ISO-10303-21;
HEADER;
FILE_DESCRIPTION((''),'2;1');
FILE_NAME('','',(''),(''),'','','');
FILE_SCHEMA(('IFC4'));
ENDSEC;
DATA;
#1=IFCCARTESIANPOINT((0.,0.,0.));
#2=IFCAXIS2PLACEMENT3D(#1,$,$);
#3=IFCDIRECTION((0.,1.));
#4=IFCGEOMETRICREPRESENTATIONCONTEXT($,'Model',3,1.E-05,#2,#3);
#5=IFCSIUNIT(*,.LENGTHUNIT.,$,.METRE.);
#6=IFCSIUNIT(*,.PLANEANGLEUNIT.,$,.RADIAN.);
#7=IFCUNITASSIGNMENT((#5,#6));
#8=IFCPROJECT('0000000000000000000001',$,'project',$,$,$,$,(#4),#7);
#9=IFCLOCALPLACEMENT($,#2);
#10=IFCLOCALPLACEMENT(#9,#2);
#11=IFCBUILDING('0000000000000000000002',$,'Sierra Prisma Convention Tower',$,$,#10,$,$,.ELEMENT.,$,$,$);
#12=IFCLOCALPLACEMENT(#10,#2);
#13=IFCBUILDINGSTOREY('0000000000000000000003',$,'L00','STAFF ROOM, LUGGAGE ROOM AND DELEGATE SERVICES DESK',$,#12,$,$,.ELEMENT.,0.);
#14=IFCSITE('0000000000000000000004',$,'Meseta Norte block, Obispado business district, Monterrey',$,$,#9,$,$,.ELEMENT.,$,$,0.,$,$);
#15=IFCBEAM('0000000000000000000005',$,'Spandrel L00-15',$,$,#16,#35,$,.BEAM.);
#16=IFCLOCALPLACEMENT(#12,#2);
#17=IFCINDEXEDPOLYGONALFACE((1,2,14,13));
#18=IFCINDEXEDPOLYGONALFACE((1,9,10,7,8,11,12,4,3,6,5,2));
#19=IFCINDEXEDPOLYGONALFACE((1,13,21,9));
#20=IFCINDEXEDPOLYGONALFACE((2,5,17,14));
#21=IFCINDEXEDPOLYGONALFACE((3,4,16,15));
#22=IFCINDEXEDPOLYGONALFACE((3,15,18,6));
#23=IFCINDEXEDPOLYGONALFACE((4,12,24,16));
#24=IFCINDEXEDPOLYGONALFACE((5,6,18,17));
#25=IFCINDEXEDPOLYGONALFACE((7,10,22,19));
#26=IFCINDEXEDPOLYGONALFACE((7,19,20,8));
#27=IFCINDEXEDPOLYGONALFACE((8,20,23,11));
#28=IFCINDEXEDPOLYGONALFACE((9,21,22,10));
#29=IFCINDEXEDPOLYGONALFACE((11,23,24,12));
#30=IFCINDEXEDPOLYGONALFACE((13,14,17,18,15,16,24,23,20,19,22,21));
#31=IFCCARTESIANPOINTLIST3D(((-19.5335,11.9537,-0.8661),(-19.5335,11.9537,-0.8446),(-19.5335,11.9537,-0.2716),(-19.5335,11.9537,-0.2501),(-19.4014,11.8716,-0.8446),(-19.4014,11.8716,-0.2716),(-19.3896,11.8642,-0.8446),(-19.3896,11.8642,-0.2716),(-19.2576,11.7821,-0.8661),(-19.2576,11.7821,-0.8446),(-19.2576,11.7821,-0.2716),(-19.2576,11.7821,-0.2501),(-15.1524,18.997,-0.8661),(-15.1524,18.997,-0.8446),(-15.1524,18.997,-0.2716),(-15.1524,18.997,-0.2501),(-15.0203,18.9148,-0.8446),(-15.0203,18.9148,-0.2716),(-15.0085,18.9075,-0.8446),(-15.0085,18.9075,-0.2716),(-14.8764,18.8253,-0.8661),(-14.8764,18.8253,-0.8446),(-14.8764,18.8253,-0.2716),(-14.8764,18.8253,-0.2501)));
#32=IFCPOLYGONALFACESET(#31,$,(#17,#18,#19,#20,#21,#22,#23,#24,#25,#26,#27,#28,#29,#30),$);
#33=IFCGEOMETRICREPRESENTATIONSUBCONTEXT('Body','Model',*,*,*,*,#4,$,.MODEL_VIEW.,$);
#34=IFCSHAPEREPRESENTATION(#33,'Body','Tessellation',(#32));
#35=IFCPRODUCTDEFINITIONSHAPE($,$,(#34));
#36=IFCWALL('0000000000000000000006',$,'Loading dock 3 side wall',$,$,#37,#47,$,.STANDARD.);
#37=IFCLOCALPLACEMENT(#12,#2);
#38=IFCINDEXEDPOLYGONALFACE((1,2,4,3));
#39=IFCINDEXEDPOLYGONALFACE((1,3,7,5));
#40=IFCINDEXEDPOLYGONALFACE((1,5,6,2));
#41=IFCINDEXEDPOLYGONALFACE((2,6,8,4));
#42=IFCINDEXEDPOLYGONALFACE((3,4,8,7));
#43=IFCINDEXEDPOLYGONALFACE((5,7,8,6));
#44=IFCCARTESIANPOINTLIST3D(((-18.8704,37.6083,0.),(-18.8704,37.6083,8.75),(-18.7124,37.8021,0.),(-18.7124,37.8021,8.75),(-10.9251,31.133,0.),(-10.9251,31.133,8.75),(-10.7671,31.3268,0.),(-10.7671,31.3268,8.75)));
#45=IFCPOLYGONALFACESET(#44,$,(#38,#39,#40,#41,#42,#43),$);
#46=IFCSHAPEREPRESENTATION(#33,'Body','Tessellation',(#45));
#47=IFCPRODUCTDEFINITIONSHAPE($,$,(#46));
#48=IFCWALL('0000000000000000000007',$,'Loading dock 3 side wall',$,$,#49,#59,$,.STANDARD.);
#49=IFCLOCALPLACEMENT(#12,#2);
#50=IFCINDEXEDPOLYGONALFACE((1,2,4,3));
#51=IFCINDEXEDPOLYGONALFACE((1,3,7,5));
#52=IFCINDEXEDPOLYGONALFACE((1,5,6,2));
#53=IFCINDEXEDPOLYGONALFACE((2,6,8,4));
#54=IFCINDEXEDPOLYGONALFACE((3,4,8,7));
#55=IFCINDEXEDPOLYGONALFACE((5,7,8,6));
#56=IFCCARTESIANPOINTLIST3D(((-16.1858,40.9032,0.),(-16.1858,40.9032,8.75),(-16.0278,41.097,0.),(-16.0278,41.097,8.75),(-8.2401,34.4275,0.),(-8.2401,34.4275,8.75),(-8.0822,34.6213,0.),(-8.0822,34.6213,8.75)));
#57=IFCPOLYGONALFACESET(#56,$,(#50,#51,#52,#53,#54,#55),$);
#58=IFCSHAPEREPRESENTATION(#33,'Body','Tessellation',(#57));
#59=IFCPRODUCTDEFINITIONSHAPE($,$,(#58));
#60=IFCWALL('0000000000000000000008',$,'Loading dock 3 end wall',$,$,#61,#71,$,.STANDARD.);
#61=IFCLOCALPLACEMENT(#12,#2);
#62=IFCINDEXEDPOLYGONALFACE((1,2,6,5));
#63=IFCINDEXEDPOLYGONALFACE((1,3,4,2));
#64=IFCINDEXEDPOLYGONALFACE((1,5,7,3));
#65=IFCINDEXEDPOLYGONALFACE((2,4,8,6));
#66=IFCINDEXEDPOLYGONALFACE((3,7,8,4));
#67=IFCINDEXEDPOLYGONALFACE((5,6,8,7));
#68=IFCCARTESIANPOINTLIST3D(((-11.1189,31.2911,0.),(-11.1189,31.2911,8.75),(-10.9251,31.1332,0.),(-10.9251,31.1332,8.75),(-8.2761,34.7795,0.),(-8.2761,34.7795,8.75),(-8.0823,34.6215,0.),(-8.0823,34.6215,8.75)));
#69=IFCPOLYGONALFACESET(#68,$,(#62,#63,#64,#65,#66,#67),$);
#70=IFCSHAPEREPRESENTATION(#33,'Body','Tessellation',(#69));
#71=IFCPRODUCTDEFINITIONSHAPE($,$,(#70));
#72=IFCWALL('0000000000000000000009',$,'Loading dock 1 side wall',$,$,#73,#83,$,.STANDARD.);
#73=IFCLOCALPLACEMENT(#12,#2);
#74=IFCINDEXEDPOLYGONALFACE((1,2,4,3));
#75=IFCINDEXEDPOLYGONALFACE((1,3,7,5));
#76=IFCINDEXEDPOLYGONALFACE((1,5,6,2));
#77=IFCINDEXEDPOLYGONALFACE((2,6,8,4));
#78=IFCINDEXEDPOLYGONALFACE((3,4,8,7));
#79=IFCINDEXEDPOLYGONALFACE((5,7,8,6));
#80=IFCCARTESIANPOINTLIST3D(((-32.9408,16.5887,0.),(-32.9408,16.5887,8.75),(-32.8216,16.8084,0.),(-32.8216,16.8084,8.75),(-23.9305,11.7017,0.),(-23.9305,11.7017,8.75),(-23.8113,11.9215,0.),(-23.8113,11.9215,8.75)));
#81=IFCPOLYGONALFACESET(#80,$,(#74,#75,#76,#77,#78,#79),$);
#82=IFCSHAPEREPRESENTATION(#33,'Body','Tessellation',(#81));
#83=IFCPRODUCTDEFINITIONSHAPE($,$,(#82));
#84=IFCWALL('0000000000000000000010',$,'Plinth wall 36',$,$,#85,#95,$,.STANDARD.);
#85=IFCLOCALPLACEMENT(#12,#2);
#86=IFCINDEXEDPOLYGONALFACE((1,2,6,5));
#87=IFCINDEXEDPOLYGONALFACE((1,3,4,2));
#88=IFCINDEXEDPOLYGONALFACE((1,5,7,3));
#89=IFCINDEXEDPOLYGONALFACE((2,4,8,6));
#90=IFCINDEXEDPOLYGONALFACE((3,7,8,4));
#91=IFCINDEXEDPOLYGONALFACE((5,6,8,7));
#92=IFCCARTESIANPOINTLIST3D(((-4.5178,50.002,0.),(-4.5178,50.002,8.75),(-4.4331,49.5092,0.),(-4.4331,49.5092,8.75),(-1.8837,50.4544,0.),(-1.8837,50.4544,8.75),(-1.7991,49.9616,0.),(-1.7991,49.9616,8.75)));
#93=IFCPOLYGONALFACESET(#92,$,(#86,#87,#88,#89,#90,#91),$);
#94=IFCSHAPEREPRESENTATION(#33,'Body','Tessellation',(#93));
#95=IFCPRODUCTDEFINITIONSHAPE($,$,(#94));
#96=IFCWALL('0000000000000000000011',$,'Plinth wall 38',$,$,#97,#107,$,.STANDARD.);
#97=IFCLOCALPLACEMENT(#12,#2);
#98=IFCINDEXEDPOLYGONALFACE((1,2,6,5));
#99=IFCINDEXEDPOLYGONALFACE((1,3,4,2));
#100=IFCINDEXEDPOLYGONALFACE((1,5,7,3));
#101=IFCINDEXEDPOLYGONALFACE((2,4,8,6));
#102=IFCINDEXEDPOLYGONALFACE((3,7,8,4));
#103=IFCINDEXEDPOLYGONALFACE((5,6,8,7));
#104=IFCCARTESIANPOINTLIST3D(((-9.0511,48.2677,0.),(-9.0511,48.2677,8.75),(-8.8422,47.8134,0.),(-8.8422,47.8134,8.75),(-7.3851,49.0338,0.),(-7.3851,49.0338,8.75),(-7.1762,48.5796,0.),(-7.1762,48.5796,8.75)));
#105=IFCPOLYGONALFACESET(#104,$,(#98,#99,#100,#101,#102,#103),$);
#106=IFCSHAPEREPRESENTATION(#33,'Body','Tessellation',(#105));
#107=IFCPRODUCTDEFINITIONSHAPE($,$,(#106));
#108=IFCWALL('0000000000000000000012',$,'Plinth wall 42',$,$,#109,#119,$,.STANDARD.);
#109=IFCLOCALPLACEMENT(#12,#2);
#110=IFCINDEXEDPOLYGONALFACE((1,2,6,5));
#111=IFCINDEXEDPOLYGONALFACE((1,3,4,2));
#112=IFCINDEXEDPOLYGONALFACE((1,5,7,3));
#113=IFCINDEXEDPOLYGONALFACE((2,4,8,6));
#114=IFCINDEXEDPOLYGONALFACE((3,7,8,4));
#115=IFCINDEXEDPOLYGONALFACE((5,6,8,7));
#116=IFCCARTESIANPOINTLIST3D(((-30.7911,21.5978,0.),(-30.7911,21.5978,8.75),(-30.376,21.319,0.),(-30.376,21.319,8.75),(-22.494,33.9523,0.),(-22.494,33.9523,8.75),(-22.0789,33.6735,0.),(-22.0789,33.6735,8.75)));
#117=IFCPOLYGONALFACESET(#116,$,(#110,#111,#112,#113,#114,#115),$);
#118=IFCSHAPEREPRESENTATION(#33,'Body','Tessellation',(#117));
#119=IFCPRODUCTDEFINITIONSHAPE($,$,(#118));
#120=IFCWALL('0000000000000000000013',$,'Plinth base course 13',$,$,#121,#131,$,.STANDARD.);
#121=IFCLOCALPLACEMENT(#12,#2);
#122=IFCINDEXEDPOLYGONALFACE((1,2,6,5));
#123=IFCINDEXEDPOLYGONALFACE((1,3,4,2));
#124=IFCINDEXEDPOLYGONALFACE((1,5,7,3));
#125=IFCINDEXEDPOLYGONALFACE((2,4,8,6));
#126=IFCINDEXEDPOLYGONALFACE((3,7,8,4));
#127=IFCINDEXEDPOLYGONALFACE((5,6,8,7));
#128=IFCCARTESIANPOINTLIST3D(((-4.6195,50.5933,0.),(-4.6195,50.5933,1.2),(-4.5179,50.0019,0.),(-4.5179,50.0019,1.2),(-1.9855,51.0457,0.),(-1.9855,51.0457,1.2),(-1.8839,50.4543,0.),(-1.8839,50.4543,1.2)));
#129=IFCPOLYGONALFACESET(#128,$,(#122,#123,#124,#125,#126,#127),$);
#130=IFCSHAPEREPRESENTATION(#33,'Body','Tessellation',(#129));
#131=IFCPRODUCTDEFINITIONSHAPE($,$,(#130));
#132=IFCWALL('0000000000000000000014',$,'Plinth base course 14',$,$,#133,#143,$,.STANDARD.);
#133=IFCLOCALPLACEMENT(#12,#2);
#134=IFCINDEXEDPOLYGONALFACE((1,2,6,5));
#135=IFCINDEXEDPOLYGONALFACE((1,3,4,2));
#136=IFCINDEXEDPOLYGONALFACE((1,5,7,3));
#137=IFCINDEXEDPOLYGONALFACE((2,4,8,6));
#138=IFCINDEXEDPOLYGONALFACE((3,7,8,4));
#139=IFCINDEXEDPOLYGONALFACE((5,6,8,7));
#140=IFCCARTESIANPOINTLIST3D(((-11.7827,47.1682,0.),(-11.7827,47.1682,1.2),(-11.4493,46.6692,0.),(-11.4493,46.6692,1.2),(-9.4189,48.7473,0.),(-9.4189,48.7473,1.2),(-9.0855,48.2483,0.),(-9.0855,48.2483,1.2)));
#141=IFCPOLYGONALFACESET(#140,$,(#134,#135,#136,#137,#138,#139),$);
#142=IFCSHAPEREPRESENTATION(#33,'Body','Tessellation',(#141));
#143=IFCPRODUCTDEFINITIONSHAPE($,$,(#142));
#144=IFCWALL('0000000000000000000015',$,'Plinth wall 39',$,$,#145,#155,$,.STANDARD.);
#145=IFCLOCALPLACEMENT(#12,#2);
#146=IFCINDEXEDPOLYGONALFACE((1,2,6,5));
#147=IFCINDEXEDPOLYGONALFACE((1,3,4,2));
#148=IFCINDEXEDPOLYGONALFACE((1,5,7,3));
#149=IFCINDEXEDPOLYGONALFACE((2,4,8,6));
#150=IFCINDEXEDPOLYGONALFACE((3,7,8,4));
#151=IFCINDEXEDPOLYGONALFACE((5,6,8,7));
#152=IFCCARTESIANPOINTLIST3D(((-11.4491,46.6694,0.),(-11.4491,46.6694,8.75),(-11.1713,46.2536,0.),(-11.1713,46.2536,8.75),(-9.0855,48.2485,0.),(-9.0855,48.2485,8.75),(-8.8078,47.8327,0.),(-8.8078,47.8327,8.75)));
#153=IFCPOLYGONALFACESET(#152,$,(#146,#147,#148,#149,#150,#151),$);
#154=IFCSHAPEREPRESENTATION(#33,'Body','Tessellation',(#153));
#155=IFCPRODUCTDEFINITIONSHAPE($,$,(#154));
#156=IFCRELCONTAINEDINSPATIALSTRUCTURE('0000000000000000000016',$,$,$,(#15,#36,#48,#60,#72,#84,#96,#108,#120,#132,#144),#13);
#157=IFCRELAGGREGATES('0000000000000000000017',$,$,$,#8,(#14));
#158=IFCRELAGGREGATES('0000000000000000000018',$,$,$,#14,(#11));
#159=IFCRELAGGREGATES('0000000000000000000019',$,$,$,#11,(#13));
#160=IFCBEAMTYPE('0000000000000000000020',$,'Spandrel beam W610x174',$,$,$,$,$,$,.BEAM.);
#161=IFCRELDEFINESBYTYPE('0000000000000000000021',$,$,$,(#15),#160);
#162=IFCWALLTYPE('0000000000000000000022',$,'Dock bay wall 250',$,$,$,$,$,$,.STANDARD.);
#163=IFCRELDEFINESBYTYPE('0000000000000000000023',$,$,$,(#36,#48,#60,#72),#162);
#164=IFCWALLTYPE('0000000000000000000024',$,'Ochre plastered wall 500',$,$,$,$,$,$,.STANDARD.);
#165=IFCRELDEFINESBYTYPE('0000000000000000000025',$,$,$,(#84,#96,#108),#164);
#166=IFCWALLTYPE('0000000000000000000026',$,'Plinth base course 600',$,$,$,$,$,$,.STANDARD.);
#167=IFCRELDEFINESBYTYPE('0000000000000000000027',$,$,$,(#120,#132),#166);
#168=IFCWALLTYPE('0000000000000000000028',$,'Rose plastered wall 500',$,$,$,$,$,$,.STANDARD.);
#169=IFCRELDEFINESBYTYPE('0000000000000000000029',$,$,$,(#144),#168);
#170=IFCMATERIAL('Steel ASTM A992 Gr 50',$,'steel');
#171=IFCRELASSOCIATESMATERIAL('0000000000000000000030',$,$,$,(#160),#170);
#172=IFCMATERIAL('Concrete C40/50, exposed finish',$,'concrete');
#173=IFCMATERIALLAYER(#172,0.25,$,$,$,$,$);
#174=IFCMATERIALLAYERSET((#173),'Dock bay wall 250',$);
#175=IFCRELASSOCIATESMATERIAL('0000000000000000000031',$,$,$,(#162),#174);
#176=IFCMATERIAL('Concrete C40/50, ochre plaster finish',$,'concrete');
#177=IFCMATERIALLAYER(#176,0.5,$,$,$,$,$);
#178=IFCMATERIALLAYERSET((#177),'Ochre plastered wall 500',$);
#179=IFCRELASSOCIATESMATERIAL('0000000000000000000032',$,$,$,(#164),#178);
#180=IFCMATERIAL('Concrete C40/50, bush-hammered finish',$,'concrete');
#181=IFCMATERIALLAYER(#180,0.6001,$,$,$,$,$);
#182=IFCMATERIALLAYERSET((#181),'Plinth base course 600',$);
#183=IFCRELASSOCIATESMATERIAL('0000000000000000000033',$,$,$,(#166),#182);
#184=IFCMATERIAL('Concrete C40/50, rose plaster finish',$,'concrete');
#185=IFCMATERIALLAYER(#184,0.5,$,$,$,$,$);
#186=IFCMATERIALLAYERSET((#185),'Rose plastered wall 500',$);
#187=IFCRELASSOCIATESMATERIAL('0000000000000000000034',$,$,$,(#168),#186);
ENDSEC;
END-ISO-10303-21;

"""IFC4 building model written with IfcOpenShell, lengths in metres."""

from ifc_helpers import new_model, si_unit, direction, frame, frame_2d, origin, origin_2d, place, context, subcontext, project, spatial, rectangle, i_section, extrude, material, layer, layer_set, material_profile, profile_set, type_object, element, save


model = new_model("IFC4")

# Units and contexts
model_context = context("Model", 3, precision=1e-05, world=origin(), true_north=direction((0.0, 1.0)))
body_context = subcontext(model_context, "Body", "Model", "MODEL_VIEW")
ifc_project = project(units=[si_unit("LENGTHUNIT", "METRE"), si_unit("PLANEANGLEUNIT", "RADIAN")], contexts=[model_context])

# Site, building, storey
site_placement = place(None, origin())
site = spatial("IfcSite", under=ifc_project, at=site_placement, Name="Meseta Norte block, Obispado business district, Monterrey", CompositionType="ELEMENT", RefElevation=0.0)
building_placement = place(site_placement, origin())
building = spatial("IfcBuilding", under=site, at=building_placement, Name="Sierra Prisma Convention Tower", CompositionType="ELEMENT")
storey_placement = place(building_placement, origin())
storey = spatial("IfcBuildingStorey", under=building, at=storey_placement, Name="L00", Description="STAFF ROOM, LUGGAGE ROOM AND DELEGATE SERVICES DESK", CompositionType="ELEMENT", Elevation=0.0)

# Beam
ifc_material_1 = material(Name="Steel ASTM A992 Gr 50", Category="steel")
ifc_material_profile_1 = material_profile(ifc_material_1, i_section(OverallWidth=0.325, OverallDepth=0.616, WebThickness=0.0139, FlangeThickness=0.0215, at=origin_2d()), Name="W610x174")
ifc_profile_set_1 = profile_set([ifc_material_profile_1], Name="Steel ASTM A992 Gr 50")
beam_type_1 = type_object("IfcBeamType", Name="Spandrel beam W610x174", PredefinedType="BEAM", material=ifc_profile_set_1)
beam_1_placement = place(storey_placement, frame((-15.0144, 18.9111, -0.5581), z_axis=(-0.528185, -0.849129, 0.0), x_axis=(0.849129, -0.528185, 0.0)))
element("IfcBeam", 1, at=beam_1_placement, inside=storey, type_object=beam_type_1, Name="Spandrel L00-15", PredefinedType="BEAM", context=body_context, shape_type="SweptSolid", body=[
    extrude(i_section(OverallWidth=0.325, OverallDepth=0.616, WebThickness=0.0139, FlangeThickness=0.0215, at=origin_2d()), origin(), (0.0, 0.0, 1.0), 8.2947),
])

# Walls
ifc_material_2 = material(Name="Concrete C40/50, exposed finish", Category="concrete")
ifc_layer_1 = layer(ifc_material_2, 0.25)
ifc_layer_set_1 = layer_set([ifc_layer_1], Name="Dock bay wall 250")
wall_type_1 = type_object("IfcWallType", Name="Dock bay wall 250", PredefinedType="STANDARD", material=ifc_layer_set_1)
wall_1_placement = place(storey_placement, frame((-18.7915, 37.7053, 0.0), z_axis=(0.0, 0.0, 1.0), x_axis=(0.775169, -0.631754, 0.0)))
element("IfcWall", 2, at=wall_1_placement, inside=storey, type_object=wall_type_1, Name="Loading dock 3 side wall", PredefinedType="STANDARD", context=body_context, shape_type="SweptSolid", body=[
    extrude(rectangle(XDim=10.2498, YDim=0.25, at=frame_2d((5.125, 0.0))), origin(), (0.0, 0.0, 1.0), 8.75),
])
wall_2_placement = place(storey_placement, frame((-16.1067, 41.0, 0.0), z_axis=(0.0, 0.0, 1.0), x_axis=(0.775167, -0.631757, 0.0)))
element("IfcWall", 3, at=wall_2_placement, inside=storey, type_object=wall_type_1, Name="Loading dock 3 side wall", PredefinedType="STANDARD", context=body_context, shape_type="SweptSolid", body=[
    extrude(rectangle(XDim=10.2502, YDim=0.25, at=frame_2d((5.125, 0.0))), origin(), (0.0, 0.0, 1.0), 8.75),
])
wall_3_placement = place(storey_placement, frame((-11.022, 31.2122, 0.0), z_axis=(0.0, 0.0, 1.0), x_axis=(0.631736, 0.775184, 0.0)))
element("IfcWall", 4, at=wall_3_placement, inside=storey, type_object=wall_type_1, Name="Loading dock 3 end wall", PredefinedType="STANDARD", context=body_context, shape_type="SweptSolid", body=[
    extrude(rectangle(XDim=4.5, YDim=0.25, at=frame_2d((2.25, 0.0))), origin(), (0.0, 0.0, 1.0), 8.75),
])
wall_4_placement = place(storey_placement, frame((-32.8811, 16.6985, 0.0), z_axis=(0.0, 0.0, 1.0), x_axis=(0.87903, -0.476766, 0.0)))
element("IfcWall", 5, at=wall_4_placement, inside=storey, type_object=wall_type_1, Name="Loading dock 1 side wall", PredefinedType="STANDARD", context=body_context, shape_type="SweptSolid", body=[
    extrude(rectangle(XDim=10.2502, YDim=0.25, at=frame_2d((5.125, 0.0))), origin(), (0.0, 0.0, 1.0), 8.75),
])
ifc_material_3 = material(Name="Concrete C40/50, ochre plaster finish", Category="concrete")
ifc_layer_2 = layer(ifc_material_3, 0.5)
ifc_layer_set_2 = layer_set([ifc_layer_2], Name="Ochre plastered wall 500")
wall_type_2 = type_object("IfcWallType", Name="Ochre plastered wall 500", PredefinedType="STANDARD", material=ifc_layer_set_2)
wall_5_placement = place(storey_placement, frame((-4.4756, 49.7556, 0.0), z_axis=(0.0, 0.0, 1.0), x_axis=(0.98557, 0.169271, 0.0)))
element("IfcWall", 6, at=wall_5_placement, inside=storey, type_object=wall_type_2, Name="Plinth wall 36", PredefinedType="STANDARD", context=body_context, shape_type="SweptSolid", body=[
    extrude(rectangle(XDim=2.6726, YDim=0.5, at=frame_2d((1.3364, 0.0))), origin(), (0.0, 0.0, 1.0), 8.75),
])
wall_6_placement = place(storey_placement, frame((-8.9468, 48.0405, 0.0), z_axis=(0.0, 0.0, 1.0), x_axis=(0.908543, 0.417791, 0.0)))
element("IfcWall", 7, at=wall_6_placement, inside=storey, type_object=wall_type_2, Name="Plinth wall 38", PredefinedType="STANDARD", context=body_context, shape_type="SweptSolid", body=[
    extrude(rectangle(XDim=1.8337, YDim=0.5, at=frame_2d((0.917, 0.0))), origin(), (0.0, 0.0, 1.0), 8.75),
])

# Walls
wall_7_placement = place(storey_placement, frame((-30.5835, 21.4585, 0.0), z_axis=(0.0, 0.0, 1.0), x_axis=(0.557525, 0.83016, 0.0)))
element("IfcWall", 8, at=wall_7_placement, inside=storey, type_object=wall_type_2, Name="Plinth wall 42", PredefinedType="STANDARD", context=body_context, shape_type="SweptSolid", body=[
    extrude(rectangle(XDim=14.8821, YDim=0.5, at=frame_2d((7.4409, 0.0))), origin(), (0.0, 0.0, 1.0), 8.75),
])
ifc_material_4 = material(Name="Concrete C40/50, bush-hammered finish", Category="concrete")
ifc_layer_3 = layer(ifc_material_4, 0.6001)
ifc_layer_set_3 = layer_set([ifc_layer_3], Name="Plinth base course 600")
wall_type_3 = type_object("IfcWallType", Name="Plinth base course 600", PredefinedType="STANDARD", material=ifc_layer_set_3)
wall_8_placement = place(storey_placement, frame((-1.9346, 50.75, 0.0), z_axis=(0.0, 0.0, 1.0), x_axis=(-0.98557, -0.169271, 0.0)))
element("IfcWall", 9, at=wall_8_placement, inside=storey, type_object=wall_type_3, Name="Plinth base course 13", PredefinedType="STANDARD", context=body_context, shape_type="SweptSolid", body=[
    extrude(rectangle(XDim=2.6726, YDim=0.6001, at=frame_2d((1.3364, 0.0))), origin(), (0.0, 0.0, 1.0), 1.2),
])
wall_9_placement = place(storey_placement, frame((-9.2522, 48.4978, 0.0), z_axis=(0.0, 0.0, 1.0), x_axis=(-0.831521, -0.555493, 0.0)))
element("IfcWall", 10, at=wall_9_placement, inside=storey, type_object=wall_type_3, Name="Plinth base course 14", PredefinedType="STANDARD", context=body_context, shape_type="SweptSolid", body=[
    extrude(rectangle(XDim=2.8428, YDim=0.6001, at=frame_2d((1.4214, 0.0))), origin(), (0.0, 0.0, 1.0), 1.2),
])

# Shared definitions
ifc_material_5 = material(Name="Concrete C40/50, rose plaster finish", Category="concrete")
ifc_layer_4 = layer(ifc_material_5, 0.5)
ifc_layer_set_4 = layer_set([ifc_layer_4], Name="Rose plastered wall 500")
wall_type_4 = type_object("IfcWallType", Name="Rose plastered wall 500", PredefinedType="STANDARD", material=ifc_layer_set_4)

# Wall
wall_10_placement = place(storey_placement, frame((-11.3103, 46.4614, 0.0), z_axis=(0.0, 0.0, 1.0), x_axis=(0.831495, 0.555532, 0.0)))
element("IfcWall", 11, at=wall_10_placement, inside=storey, type_object=wall_type_4, Name="Plinth wall 39", PredefinedType="STANDARD", context=body_context, shape_type="SweptSolid", body=[
    extrude(rectangle(XDim=2.8425, YDim=0.5, at=frame_2d((1.4214, 0.0))), origin(), (0.0, 0.0, 1.0), 8.75),
])

save(model, "model.ifc")
